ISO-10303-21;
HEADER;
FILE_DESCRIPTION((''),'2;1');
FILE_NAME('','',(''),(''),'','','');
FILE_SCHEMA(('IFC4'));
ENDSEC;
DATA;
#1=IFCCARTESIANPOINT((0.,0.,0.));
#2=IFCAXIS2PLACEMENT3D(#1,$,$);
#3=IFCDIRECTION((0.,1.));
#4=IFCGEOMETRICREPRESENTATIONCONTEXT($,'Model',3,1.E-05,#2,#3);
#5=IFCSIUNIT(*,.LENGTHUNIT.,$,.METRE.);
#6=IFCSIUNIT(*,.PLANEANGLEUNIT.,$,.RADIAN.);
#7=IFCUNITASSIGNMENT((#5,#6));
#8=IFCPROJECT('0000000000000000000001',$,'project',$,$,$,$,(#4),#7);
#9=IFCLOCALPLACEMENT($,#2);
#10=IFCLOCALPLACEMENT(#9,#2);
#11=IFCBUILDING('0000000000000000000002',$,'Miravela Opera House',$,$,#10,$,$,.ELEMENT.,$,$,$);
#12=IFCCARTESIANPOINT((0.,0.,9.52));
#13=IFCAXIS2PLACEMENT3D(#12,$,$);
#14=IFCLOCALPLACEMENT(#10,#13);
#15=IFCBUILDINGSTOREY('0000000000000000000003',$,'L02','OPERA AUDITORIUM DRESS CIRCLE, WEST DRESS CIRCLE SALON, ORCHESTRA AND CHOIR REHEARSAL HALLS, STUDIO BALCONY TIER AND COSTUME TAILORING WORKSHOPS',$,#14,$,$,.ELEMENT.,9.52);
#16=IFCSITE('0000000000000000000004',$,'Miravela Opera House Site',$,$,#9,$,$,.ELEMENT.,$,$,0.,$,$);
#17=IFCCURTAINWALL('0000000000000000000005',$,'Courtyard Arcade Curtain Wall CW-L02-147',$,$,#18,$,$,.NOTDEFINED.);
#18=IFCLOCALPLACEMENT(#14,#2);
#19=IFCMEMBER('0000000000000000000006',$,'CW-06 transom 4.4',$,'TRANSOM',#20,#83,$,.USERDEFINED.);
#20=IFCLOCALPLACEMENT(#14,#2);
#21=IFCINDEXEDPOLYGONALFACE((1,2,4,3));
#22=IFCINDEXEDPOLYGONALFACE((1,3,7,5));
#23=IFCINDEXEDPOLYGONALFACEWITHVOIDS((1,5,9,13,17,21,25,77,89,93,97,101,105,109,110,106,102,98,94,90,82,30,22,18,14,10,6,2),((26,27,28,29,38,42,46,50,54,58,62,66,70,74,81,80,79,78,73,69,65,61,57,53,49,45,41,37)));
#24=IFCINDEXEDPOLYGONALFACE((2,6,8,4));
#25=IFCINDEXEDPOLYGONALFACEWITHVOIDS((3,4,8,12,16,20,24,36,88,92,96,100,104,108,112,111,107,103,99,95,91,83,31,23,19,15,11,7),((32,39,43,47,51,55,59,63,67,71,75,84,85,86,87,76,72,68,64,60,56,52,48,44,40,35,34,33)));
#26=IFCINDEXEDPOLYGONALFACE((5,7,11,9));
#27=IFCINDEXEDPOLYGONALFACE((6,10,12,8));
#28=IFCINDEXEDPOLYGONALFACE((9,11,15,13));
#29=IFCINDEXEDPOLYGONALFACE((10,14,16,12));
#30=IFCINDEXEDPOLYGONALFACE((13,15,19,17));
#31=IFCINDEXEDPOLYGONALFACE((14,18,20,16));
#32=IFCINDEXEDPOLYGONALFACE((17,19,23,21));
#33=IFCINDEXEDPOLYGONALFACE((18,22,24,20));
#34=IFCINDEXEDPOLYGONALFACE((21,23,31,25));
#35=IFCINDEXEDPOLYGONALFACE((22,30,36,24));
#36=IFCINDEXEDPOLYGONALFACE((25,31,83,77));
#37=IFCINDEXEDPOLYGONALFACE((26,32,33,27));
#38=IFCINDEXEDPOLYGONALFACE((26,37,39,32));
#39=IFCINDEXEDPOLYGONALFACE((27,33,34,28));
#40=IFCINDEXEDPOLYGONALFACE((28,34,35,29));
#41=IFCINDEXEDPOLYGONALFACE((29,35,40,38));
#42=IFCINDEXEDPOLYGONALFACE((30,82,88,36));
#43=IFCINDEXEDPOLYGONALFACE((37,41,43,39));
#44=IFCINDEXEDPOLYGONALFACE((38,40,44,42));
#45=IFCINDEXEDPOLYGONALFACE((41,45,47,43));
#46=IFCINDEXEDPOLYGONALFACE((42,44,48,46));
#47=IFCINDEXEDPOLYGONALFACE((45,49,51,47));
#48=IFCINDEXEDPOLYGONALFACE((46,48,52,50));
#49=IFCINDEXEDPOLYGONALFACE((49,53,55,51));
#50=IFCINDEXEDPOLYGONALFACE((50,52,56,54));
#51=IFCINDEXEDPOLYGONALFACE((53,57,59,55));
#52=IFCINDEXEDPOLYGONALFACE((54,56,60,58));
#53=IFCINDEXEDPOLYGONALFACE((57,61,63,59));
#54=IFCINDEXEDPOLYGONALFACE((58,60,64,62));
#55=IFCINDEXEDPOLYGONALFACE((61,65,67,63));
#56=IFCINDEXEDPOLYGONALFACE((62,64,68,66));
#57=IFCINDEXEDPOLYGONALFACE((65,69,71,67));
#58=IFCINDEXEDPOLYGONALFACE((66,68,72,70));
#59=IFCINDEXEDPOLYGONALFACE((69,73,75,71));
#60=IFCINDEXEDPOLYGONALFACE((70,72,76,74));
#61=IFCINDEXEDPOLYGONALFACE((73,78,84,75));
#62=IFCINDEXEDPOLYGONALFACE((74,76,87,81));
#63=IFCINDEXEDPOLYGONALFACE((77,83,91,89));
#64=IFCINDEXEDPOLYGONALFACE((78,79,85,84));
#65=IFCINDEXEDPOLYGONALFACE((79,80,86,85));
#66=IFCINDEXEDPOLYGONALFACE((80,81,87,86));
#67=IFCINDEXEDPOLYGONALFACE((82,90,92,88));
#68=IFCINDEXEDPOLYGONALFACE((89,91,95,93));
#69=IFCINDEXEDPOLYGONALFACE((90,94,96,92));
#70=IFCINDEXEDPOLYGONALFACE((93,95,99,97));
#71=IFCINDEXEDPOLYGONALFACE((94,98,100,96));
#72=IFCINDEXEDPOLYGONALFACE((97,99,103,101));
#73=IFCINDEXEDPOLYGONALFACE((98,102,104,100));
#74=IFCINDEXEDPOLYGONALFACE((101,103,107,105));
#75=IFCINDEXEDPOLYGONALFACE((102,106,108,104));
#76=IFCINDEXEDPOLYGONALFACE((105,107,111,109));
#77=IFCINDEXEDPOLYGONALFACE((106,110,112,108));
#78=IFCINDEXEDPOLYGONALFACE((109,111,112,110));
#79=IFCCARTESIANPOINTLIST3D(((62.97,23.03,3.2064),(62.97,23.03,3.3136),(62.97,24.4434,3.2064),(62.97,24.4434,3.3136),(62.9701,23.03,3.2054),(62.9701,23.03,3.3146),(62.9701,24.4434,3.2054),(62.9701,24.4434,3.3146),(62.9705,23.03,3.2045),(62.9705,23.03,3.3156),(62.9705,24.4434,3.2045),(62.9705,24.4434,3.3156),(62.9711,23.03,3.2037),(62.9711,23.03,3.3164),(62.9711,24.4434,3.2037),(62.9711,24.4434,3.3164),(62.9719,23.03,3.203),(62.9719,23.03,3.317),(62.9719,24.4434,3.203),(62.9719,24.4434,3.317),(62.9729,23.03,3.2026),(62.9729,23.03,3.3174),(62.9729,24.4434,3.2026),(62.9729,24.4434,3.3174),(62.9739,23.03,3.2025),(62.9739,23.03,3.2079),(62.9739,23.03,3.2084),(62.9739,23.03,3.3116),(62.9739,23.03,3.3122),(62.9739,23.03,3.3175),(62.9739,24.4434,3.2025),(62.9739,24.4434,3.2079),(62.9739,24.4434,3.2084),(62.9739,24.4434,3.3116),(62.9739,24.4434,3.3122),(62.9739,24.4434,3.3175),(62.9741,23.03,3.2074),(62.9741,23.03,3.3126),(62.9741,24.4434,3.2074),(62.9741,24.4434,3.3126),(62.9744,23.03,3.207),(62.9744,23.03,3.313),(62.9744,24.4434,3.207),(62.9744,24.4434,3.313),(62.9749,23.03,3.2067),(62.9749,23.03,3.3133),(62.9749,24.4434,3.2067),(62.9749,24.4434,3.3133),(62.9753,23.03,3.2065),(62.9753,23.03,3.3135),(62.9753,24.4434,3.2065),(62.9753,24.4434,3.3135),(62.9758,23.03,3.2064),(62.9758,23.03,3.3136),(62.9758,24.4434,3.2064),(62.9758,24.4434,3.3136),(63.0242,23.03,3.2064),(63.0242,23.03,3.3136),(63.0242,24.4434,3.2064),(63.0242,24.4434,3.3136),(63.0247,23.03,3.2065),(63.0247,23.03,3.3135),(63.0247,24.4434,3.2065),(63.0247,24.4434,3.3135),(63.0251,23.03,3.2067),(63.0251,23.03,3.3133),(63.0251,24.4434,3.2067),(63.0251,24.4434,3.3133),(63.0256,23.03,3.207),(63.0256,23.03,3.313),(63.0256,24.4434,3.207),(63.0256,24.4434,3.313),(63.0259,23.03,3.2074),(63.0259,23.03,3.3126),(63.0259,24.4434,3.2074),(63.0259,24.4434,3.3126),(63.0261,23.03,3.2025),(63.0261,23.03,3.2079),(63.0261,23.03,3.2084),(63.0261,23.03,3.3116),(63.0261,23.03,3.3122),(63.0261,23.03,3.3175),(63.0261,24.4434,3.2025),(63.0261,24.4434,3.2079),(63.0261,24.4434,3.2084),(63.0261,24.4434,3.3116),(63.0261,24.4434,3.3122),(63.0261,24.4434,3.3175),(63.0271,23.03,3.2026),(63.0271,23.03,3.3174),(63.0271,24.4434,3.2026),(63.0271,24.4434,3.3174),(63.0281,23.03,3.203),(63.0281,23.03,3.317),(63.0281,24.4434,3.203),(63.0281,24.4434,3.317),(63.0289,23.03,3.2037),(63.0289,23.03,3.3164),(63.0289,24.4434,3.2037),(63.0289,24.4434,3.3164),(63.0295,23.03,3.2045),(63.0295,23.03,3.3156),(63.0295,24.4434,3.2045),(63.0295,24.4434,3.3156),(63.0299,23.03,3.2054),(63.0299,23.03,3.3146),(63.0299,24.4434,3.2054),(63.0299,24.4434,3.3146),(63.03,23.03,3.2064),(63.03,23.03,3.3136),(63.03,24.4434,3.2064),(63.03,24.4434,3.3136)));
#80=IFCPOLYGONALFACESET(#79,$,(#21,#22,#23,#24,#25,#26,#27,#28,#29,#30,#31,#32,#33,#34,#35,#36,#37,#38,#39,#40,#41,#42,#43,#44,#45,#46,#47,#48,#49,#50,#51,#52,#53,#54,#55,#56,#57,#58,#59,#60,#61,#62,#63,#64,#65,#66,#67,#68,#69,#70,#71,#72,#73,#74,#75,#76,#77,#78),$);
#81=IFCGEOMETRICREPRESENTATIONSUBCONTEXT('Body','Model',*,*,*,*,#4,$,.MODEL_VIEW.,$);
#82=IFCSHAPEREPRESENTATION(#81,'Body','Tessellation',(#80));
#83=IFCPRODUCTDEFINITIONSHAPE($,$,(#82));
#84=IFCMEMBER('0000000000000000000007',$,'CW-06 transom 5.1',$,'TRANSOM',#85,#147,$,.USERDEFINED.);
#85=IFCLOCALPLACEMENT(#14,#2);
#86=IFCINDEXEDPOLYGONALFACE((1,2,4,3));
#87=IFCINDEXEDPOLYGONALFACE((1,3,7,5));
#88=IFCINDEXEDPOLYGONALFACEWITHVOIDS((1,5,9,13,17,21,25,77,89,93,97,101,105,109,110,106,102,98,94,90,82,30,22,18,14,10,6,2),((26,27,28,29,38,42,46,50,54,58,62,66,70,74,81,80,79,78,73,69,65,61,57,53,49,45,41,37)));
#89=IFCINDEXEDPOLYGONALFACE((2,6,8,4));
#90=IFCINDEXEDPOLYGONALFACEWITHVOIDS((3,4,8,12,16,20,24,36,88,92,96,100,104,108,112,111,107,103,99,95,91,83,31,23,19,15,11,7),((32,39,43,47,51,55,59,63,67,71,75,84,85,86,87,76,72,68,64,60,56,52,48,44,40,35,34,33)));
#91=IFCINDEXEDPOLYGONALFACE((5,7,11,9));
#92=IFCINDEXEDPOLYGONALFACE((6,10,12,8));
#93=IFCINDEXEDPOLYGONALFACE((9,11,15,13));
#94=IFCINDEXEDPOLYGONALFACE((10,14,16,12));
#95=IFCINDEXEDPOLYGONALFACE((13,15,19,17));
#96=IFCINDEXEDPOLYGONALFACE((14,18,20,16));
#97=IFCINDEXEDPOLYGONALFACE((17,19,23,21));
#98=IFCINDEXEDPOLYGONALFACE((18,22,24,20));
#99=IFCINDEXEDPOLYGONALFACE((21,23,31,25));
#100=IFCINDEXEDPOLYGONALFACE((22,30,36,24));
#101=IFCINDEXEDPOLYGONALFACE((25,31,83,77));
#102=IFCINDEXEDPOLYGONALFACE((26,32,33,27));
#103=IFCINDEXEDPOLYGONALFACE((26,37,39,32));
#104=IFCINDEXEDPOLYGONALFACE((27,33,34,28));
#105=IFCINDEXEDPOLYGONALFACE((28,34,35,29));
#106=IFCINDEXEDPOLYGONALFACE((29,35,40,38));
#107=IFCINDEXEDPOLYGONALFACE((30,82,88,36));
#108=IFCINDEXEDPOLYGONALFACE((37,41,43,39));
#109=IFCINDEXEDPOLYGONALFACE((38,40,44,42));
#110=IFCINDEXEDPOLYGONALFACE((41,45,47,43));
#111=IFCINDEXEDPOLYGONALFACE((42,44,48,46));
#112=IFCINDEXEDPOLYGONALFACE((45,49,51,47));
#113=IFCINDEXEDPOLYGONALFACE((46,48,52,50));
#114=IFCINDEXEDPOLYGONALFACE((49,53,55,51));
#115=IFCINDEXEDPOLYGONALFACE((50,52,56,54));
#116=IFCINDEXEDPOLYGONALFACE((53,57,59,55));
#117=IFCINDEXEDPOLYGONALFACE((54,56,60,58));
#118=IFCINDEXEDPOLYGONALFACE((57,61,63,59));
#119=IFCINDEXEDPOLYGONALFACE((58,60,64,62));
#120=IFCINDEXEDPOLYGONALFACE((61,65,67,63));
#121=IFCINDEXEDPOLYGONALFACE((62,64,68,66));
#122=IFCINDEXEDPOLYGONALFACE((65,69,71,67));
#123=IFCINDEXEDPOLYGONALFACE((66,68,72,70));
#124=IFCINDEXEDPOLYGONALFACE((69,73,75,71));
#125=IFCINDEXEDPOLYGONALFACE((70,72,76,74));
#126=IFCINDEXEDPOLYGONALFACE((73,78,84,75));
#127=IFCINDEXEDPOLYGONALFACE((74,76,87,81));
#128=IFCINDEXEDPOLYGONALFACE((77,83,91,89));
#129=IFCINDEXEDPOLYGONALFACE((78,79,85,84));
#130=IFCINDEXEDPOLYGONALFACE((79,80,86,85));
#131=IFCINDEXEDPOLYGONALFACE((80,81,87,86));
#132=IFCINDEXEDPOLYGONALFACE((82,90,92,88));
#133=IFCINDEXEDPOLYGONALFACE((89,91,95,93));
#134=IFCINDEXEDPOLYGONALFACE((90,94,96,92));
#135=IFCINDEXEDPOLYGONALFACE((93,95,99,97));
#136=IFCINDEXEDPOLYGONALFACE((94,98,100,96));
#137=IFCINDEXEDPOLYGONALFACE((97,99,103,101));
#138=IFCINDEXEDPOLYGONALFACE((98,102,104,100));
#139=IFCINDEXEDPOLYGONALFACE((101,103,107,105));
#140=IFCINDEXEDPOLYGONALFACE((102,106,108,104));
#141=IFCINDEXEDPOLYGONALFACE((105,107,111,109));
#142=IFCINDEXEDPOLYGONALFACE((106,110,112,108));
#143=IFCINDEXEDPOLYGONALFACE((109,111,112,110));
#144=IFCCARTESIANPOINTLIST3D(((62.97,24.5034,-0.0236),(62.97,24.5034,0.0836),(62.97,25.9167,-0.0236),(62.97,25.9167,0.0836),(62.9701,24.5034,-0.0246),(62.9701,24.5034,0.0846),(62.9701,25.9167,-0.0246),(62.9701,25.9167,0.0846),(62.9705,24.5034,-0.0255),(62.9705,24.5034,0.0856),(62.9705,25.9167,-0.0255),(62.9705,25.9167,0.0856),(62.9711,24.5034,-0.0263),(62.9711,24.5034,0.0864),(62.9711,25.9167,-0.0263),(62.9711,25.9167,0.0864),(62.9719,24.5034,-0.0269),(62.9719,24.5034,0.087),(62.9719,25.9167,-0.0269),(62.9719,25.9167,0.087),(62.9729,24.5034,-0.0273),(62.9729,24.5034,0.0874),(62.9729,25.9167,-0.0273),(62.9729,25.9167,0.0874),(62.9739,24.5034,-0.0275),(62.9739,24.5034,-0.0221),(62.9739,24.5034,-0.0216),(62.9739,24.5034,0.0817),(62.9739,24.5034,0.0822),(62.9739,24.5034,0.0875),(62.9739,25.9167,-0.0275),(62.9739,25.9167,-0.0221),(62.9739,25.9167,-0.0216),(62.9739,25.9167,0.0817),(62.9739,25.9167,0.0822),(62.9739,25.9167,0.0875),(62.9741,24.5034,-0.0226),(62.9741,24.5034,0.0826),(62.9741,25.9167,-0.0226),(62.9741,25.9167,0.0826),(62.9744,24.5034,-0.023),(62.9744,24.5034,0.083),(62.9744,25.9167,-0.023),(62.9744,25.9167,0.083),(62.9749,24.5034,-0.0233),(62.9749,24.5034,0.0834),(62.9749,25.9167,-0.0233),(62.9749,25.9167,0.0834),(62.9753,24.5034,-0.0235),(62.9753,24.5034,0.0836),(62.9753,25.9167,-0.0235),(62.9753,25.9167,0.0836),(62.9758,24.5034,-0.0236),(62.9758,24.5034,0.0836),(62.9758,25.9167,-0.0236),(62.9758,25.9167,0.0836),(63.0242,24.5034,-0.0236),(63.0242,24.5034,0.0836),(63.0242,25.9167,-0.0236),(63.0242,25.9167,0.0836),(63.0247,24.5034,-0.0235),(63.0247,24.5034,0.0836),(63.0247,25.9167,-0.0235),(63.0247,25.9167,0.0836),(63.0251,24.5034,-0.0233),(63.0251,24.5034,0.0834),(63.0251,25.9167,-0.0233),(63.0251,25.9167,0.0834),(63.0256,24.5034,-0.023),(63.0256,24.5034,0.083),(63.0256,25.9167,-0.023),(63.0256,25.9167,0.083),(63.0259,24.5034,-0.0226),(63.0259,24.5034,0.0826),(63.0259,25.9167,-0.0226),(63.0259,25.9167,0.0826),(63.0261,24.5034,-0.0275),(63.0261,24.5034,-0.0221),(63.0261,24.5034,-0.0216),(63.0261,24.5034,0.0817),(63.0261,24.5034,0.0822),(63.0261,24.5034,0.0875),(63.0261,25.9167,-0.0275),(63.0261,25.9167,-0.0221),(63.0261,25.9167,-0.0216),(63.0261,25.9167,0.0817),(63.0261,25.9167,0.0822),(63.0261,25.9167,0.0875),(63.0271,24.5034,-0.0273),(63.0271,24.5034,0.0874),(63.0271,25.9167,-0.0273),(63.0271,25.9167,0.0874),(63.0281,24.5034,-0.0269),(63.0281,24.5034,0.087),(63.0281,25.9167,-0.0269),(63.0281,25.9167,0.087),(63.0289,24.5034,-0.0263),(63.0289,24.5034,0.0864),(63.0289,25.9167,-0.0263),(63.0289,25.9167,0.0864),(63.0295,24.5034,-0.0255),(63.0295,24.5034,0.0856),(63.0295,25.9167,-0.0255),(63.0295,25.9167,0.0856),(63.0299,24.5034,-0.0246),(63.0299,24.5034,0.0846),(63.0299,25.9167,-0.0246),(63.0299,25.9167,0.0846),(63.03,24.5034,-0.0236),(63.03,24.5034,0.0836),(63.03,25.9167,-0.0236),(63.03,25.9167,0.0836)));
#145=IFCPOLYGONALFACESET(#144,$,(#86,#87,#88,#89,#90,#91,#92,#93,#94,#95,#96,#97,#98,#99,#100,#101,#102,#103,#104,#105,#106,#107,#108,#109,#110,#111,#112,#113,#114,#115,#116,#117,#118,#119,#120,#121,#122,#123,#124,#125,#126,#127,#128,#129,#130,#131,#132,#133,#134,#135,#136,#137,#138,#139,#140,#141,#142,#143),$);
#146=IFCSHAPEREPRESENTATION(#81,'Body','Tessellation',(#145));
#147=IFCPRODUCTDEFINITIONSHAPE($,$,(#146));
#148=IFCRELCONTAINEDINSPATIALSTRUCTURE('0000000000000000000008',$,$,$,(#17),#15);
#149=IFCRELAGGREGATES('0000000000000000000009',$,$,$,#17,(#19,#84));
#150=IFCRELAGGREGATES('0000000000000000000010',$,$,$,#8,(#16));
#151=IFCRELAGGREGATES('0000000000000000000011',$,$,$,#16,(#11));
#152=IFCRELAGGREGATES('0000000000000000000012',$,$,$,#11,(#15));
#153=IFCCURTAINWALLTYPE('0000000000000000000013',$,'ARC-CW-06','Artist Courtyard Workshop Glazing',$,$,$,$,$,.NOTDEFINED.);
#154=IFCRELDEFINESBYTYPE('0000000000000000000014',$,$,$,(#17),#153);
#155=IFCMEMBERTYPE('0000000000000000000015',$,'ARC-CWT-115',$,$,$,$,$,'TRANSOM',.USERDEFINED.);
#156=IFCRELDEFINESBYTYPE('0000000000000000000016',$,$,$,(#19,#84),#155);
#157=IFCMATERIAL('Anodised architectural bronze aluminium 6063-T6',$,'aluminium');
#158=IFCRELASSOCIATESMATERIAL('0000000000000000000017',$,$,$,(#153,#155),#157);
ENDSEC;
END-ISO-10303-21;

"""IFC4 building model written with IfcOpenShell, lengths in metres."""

from ifc_helpers import new_model, si_unit, direction, frame, origin, origin_2d, place, context, subcontext, project, spatial, hollow_rectangle, extrude, material, material_profile, profile_set, type_object, element, aggregate, save


model = new_model("IFC4")

# Units and contexts
model_context = context("Model", 3, precision=1e-05, world=origin(), true_north=direction((0.0, 1.0)))
body_context = subcontext(model_context, "Body", "Model", "MODEL_VIEW")
ifc_project = project(units=[si_unit("LENGTHUNIT", "METRE"), si_unit("PLANEANGLEUNIT", "RADIAN")], contexts=[model_context])

# Site, building, storey
site_placement = place(None, origin())
site = spatial("IfcSite", under=ifc_project, at=site_placement, Name="Miravela Opera House Site", CompositionType="ELEMENT", RefElevation=0.0)
building_placement = place(site_placement, origin())
building = spatial("IfcBuilding", under=site, at=building_placement, Name="Miravela Opera House", CompositionType="ELEMENT")
storey_placement = place(building_placement, frame((0.0, 0.0, 9.52)))
storey = spatial("IfcBuildingStorey", under=building, at=storey_placement, Name="L02", Description="OPERA AUDITORIUM DRESS CIRCLE, WEST DRESS CIRCLE SALON, ORCHESTRA AND CHOIR REHEARSAL HALLS, STUDIO BALCONY TIER AND COSTUME TAILORING WORKSHOPS", CompositionType="ELEMENT", Elevation=9.52)

# Curtain wall, members
ifc_material_1 = material(Name="Anodised architectural bronze aluminium 6063-T6", Category="aluminium")
curtain_wall_type = type_object("IfcCurtainWallType", Name="ARC-CW-06", Description="Artist Courtyard Workshop Glazing", PredefinedType="NOTDEFINED", material=ifc_material_1)
curtain_wall_1_placement = place(storey_placement, origin())
curtain_wall_1 = element("IfcCurtainWall", 1, at=curtain_wall_1_placement, inside=storey, type_object=curtain_wall_type, Name="Courtyard Arcade Curtain Wall CW-L02-147", PredefinedType="NOTDEFINED")
ifc_material_profile_1 = material_profile(ifc_material_1, hollow_rectangle(XDim=0.0601, YDim=0.115, WallThickness=0.0039, InnerFilletRadius=0.002, OuterFilletRadius=0.0039, at=origin_2d()), Name="CWT-60X115")
ifc_profile_set_1 = profile_set([ifc_material_profile_1])
member_type_1 = type_object("IfcMemberType", Name="ARC-CWT-115", ElementType="TRANSOM", PredefinedType="USERDEFINED", material=ifc_profile_set_1)
member_1_placement = place(storey_placement, frame((63.0, 23.03, 3.26), z_axis=(0.0, 1.0, 0.0), x_axis=(-1.0, 0.0, 0.0)))
member_1 = element("IfcMember", 2, at=member_1_placement, type_object=member_type_1, Name="CW-06 transom 4.4", ObjectType="TRANSOM", PredefinedType="USERDEFINED", context=body_context, shape_type="SweptSolid", body=[
    extrude(hollow_rectangle(XDim=0.0601, YDim=0.115, WallThickness=0.0039, InnerFilletRadius=0.002, OuterFilletRadius=0.0039, at=origin_2d()), origin(), (0.0, 0.0, 1.0), 1.4133),
])
member_2_placement = place(storey_placement, frame((63.0, 24.5034, 0.03), z_axis=(0.0, 1.0, 0.0), x_axis=(-1.0, 0.0, 0.0)))
member_2 = element("IfcMember", 3, at=member_2_placement, type_object=member_type_1, Name="CW-06 transom 5.1", ObjectType="TRANSOM", PredefinedType="USERDEFINED", context=body_context, shape_type="SweptSolid", body=[
    extrude(hollow_rectangle(XDim=0.0601, YDim=0.115, WallThickness=0.0039, InnerFilletRadius=0.002, OuterFilletRadius=0.0039, at=origin_2d()), origin(), (0.0, 0.0, 1.0), 1.4133),
])

aggregate(curtain_wall_1, [member_1, member_2])

save(model, "model.ifc")
